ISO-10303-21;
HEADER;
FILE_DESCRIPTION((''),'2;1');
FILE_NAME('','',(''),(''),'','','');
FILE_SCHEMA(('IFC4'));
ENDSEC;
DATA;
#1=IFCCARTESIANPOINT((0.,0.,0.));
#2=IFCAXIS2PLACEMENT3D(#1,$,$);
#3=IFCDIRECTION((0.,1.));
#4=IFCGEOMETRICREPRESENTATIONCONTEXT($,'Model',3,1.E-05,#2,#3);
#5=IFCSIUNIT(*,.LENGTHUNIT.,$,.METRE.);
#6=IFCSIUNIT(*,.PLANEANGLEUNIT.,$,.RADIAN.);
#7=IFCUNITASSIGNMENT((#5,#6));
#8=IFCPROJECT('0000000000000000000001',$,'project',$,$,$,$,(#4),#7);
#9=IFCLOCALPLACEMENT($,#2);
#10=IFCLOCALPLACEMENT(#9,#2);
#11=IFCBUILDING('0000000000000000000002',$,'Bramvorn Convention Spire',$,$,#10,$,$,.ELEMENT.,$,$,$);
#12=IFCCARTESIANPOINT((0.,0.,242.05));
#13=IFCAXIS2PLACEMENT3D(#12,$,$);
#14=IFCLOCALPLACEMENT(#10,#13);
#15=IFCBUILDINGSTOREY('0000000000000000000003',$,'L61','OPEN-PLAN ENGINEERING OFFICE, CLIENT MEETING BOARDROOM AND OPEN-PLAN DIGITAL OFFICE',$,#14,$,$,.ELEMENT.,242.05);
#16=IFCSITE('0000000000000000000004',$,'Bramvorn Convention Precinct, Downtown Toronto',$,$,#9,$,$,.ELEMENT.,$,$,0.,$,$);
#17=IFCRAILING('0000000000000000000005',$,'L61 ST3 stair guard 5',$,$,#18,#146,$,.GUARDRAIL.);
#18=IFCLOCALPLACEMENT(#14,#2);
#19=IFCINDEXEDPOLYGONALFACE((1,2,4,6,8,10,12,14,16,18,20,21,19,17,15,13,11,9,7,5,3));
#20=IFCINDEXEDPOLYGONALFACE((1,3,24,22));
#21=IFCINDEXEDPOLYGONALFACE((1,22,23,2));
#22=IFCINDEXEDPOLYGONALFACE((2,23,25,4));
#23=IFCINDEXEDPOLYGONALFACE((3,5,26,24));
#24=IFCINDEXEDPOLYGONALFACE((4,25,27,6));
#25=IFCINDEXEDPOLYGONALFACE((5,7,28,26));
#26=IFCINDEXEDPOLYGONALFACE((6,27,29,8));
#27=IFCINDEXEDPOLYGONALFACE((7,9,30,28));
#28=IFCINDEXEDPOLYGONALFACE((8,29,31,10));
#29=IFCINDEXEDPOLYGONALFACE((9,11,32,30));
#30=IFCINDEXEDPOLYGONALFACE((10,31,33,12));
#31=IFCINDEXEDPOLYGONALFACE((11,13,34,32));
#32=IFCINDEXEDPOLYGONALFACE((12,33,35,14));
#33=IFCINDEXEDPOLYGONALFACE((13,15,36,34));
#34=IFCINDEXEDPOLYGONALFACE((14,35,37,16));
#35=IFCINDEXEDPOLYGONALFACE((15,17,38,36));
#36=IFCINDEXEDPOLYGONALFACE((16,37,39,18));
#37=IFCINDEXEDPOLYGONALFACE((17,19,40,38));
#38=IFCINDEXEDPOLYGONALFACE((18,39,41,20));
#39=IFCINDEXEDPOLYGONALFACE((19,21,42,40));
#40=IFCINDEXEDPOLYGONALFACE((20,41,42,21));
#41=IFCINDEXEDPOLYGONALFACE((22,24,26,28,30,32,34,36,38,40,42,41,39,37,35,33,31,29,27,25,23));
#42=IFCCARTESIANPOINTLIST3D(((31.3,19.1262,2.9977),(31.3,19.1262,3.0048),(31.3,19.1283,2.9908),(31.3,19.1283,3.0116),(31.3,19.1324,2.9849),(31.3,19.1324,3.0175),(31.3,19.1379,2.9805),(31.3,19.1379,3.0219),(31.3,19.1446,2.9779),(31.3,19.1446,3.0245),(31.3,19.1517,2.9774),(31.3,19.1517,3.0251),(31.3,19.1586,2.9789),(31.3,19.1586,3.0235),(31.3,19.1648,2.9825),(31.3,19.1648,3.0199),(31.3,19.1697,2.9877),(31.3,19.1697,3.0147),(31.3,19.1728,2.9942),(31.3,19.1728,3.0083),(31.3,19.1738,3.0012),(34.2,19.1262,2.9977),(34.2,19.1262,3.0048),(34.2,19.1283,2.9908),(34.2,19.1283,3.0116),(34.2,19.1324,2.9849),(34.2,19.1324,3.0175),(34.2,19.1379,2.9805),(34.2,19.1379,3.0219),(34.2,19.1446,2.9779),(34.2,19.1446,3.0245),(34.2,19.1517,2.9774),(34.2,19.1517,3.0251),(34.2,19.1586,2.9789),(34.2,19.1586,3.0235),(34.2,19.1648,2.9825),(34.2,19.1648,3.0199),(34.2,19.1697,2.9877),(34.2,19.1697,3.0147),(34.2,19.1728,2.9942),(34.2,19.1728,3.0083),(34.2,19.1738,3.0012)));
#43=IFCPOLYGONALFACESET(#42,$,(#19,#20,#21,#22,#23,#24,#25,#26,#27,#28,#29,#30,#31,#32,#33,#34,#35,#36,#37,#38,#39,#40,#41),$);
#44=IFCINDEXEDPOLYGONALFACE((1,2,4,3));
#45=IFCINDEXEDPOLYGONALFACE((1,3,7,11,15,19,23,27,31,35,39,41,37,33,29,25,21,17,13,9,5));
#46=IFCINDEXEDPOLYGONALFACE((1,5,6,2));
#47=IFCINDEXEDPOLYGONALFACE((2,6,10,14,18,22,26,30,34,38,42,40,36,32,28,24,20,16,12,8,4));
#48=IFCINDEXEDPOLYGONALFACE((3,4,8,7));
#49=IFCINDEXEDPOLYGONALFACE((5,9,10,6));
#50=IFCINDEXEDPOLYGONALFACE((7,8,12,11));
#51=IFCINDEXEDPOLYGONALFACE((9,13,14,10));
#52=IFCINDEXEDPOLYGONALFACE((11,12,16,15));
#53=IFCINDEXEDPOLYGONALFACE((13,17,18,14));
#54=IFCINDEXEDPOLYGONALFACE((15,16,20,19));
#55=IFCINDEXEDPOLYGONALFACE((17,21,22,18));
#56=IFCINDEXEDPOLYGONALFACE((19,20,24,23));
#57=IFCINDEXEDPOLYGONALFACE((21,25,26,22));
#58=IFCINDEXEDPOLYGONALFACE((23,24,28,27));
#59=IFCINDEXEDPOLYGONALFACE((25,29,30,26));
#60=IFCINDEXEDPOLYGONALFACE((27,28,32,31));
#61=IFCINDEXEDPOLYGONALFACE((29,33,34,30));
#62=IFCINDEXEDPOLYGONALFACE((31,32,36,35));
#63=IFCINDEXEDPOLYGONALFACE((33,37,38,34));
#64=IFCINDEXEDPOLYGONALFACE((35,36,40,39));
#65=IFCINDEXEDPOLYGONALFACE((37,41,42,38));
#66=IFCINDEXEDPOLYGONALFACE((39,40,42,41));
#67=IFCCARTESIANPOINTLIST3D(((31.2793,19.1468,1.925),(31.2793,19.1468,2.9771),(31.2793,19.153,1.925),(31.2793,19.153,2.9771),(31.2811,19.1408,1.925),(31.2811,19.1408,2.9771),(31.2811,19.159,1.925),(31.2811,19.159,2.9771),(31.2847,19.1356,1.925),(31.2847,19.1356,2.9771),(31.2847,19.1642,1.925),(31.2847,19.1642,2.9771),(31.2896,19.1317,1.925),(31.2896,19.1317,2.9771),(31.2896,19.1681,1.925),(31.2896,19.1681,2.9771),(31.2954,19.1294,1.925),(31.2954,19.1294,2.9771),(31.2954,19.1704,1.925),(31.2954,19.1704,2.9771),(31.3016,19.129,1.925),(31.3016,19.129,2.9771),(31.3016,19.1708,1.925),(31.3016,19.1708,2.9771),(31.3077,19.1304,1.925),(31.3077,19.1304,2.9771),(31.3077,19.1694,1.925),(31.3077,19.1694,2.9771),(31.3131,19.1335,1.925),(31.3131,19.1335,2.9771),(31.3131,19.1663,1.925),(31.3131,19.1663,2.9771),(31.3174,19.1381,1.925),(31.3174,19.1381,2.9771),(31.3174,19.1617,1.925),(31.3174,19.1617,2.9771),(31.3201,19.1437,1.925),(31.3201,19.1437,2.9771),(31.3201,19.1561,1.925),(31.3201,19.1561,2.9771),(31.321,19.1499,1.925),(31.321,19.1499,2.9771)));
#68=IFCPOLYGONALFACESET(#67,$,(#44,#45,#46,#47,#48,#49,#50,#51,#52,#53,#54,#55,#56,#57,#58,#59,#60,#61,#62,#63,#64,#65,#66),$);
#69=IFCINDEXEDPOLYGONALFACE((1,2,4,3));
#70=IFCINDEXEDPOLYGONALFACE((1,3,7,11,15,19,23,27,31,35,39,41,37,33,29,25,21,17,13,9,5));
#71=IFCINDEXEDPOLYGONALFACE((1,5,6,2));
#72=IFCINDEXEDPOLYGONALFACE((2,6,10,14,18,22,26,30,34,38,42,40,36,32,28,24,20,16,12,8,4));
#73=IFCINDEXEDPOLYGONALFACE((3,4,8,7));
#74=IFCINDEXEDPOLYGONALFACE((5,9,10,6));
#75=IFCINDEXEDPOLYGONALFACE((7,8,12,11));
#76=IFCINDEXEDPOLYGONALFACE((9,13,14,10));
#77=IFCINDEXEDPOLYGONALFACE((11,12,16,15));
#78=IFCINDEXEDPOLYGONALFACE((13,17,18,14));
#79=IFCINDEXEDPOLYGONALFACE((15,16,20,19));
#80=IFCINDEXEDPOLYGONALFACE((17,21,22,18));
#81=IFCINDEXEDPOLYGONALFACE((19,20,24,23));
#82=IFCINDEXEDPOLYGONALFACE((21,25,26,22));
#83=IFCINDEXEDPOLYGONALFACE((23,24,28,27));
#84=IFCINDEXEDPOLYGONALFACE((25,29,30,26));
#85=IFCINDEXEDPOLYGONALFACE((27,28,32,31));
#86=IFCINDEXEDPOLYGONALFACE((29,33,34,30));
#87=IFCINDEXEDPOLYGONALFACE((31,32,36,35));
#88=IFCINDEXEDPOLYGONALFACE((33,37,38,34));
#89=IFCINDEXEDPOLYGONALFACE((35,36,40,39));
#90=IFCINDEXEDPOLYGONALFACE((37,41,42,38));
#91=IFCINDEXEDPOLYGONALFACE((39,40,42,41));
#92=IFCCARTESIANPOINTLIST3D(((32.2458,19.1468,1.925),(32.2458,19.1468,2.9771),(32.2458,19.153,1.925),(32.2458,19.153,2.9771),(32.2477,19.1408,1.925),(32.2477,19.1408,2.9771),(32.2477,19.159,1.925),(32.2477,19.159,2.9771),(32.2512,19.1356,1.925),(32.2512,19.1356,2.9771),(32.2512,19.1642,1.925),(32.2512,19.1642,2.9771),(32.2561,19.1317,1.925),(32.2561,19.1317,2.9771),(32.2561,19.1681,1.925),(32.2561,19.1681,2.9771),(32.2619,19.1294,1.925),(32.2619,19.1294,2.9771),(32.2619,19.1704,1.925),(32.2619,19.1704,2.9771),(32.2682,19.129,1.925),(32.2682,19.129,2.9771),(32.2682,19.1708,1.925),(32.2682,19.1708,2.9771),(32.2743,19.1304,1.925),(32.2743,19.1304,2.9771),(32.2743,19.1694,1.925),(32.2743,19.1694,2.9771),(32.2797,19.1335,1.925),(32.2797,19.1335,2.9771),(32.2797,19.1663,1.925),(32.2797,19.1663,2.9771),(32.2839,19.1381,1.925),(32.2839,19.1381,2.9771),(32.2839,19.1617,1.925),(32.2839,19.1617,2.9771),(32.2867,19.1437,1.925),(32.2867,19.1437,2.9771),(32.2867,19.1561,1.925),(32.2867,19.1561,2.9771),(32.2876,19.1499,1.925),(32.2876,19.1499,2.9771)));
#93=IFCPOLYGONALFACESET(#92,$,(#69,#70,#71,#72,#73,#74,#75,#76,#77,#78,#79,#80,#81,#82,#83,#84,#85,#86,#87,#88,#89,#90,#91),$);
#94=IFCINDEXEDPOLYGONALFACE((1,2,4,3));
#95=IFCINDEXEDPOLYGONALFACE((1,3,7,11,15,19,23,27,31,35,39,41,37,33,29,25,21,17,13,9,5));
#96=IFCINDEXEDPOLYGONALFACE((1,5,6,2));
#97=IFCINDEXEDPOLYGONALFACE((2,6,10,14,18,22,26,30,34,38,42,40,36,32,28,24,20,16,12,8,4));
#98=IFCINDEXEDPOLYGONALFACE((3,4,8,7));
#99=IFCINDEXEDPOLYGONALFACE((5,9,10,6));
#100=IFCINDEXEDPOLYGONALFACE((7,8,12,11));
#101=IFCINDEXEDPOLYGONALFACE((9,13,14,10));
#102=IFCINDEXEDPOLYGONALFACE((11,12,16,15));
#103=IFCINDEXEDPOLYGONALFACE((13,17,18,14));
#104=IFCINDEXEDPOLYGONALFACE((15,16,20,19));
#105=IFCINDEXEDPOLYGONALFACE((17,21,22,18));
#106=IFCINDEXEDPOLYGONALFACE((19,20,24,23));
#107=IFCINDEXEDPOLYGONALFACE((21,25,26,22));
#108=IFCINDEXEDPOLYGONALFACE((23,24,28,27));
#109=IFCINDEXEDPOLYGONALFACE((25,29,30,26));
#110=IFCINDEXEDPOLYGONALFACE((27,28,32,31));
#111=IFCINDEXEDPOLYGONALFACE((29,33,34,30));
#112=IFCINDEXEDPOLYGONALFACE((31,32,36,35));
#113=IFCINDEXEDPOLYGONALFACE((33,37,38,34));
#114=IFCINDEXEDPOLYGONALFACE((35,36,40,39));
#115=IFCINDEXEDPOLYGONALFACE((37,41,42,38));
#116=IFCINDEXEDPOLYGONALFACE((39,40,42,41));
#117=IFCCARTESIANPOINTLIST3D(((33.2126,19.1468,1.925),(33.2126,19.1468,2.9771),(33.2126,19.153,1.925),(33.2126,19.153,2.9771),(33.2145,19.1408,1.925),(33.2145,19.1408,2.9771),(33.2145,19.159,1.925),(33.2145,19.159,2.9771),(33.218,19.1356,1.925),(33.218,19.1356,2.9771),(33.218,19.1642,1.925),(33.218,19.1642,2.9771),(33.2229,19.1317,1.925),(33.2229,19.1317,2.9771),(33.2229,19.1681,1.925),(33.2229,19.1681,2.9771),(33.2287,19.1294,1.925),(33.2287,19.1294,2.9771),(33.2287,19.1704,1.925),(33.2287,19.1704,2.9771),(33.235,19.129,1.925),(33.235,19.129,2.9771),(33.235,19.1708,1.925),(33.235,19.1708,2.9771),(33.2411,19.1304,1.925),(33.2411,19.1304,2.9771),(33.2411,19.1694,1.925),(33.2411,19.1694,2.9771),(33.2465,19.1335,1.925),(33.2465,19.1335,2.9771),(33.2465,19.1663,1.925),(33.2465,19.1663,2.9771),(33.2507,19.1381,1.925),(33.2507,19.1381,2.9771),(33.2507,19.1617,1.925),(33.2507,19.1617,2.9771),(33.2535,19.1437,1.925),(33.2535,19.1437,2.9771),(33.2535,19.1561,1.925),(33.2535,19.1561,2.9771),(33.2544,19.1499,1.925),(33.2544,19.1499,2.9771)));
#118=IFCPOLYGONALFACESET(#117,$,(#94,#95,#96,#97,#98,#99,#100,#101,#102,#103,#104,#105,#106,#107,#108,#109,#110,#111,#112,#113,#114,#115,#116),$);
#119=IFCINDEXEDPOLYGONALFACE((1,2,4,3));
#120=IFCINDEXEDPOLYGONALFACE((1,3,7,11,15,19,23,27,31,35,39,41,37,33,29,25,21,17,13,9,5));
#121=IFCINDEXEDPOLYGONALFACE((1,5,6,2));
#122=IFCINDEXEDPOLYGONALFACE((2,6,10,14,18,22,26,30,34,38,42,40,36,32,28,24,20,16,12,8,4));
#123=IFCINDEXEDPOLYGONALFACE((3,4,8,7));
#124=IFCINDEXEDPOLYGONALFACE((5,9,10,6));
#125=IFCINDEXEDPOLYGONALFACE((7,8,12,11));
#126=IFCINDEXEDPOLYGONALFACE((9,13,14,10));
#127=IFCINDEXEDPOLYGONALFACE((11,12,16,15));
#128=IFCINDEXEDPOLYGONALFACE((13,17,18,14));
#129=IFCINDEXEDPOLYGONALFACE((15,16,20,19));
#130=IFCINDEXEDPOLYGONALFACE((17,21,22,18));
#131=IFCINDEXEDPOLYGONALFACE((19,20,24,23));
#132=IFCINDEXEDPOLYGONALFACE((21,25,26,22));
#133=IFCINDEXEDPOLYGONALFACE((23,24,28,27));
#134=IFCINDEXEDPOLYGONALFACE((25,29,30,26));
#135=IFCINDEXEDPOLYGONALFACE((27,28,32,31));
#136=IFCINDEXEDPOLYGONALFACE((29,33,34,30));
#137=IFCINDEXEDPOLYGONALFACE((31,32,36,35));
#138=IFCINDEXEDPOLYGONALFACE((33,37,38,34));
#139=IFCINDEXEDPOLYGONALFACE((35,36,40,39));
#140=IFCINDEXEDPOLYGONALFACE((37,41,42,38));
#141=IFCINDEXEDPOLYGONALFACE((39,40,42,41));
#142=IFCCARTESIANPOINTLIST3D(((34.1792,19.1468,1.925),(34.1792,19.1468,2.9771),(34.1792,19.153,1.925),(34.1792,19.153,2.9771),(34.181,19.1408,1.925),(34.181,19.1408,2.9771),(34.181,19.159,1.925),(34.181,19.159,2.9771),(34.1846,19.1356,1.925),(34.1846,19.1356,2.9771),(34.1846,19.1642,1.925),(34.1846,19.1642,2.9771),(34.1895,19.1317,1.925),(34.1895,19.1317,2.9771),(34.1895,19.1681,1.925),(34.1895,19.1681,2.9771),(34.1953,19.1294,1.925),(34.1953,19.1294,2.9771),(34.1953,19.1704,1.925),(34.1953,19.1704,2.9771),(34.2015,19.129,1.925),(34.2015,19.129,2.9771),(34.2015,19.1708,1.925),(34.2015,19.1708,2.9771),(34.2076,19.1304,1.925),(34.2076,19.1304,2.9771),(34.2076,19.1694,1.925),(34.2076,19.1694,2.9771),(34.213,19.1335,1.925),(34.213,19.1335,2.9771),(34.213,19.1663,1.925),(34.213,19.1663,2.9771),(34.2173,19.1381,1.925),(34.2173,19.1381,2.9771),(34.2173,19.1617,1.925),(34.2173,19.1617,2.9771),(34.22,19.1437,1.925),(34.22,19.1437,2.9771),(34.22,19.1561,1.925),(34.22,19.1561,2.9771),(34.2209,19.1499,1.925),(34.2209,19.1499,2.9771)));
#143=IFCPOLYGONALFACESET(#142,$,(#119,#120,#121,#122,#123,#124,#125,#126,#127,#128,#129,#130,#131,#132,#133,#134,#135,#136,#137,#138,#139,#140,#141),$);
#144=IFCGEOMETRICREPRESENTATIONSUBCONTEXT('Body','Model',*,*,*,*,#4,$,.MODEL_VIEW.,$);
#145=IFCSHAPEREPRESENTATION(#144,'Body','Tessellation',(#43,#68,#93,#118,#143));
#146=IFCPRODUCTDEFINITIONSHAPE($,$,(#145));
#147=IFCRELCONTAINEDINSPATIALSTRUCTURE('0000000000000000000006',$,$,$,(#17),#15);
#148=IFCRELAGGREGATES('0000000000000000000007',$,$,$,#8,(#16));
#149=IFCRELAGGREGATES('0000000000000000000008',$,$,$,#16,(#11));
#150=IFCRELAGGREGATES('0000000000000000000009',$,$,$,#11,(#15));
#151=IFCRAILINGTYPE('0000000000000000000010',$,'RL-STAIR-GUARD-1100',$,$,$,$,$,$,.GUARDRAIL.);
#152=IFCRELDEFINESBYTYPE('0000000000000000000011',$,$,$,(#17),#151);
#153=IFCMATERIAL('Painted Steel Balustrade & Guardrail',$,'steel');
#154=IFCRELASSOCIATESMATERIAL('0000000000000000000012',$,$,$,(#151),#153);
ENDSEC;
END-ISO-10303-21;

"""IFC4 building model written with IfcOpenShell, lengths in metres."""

from ifc_helpers import new_model, si_unit, direction, frame, origin, origin_2d, place, context, subcontext, project, spatial, circle, extrude, material, type_object, element, save


model = new_model("IFC4")

# Units and contexts
model_context = context("Model", 3, precision=1e-05, world=origin(), true_north=direction((0.0, 1.0)))
body_context = subcontext(model_context, "Body", "Model", "MODEL_VIEW")
ifc_project = project(units=[si_unit("LENGTHUNIT", "METRE"), si_unit("PLANEANGLEUNIT", "RADIAN")], contexts=[model_context])

# Site, building, storey
site_placement = place(None, origin())
site = spatial("IfcSite", under=ifc_project, at=site_placement, Name="Bramvorn Convention Precinct, Downtown Toronto", CompositionType="ELEMENT", RefElevation=0.0)
building_placement = place(site_placement, origin())
building = spatial("IfcBuilding", under=site, at=building_placement, Name="Bramvorn Convention Spire", CompositionType="ELEMENT")
storey_placement = place(building_placement, frame((0.0, 0.0, 242.05)))
storey = spatial("IfcBuildingStorey", under=building, at=storey_placement, Name="L61", Description="OPEN-PLAN ENGINEERING OFFICE, CLIENT MEETING BOARDROOM AND OPEN-PLAN DIGITAL OFFICE", CompositionType="ELEMENT", Elevation=242.05)

# Railing
ifc_material_1 = material(Name="Painted Steel Balustrade & Guardrail", Category="steel")
railing_type_1 = type_object("IfcRailingType", Name="RL-STAIR-GUARD-1100", PredefinedType="GUARDRAIL", material=ifc_material_1)
railing_1_placement = place(storey_placement, frame((31.3, 19.1499, 1.925)))
element("IfcRailing", 1, at=railing_1_placement, inside=storey, type_object=railing_type_1, Name="L61 ST3 stair guard 5", PredefinedType="GUARDRAIL", context=body_context, shape_type="SweptSolid", body=[
    extrude(circle(Radius=0.0239, at=origin_2d()), frame((0.0, 0.0, 1.0762), z_axis=(1.0, 0.0, 0.0), x_axis=(0.0, 1.0, 0.0)), (0.0, 0.0, 1.0), 2.8999),
    extrude(circle(Radius=0.021, at=origin_2d()), origin(), (0.0, 0.0, 1.0), 1.052),
    extrude(circle(Radius=0.021, at=origin_2d()), frame((0.9666, 0.0, 0.0)), (0.0, 0.0, 1.0), 1.052),
    extrude(circle(Radius=0.021, at=origin_2d()), frame((1.9333, 0.0, 0.0)), (0.0, 0.0, 1.0), 1.052),
    extrude(circle(Radius=0.021, at=origin_2d()), frame((2.8999, 0.0, 0.0)), (0.0, 0.0, 1.0), 1.052),
])

save(model, "model.ifc")
